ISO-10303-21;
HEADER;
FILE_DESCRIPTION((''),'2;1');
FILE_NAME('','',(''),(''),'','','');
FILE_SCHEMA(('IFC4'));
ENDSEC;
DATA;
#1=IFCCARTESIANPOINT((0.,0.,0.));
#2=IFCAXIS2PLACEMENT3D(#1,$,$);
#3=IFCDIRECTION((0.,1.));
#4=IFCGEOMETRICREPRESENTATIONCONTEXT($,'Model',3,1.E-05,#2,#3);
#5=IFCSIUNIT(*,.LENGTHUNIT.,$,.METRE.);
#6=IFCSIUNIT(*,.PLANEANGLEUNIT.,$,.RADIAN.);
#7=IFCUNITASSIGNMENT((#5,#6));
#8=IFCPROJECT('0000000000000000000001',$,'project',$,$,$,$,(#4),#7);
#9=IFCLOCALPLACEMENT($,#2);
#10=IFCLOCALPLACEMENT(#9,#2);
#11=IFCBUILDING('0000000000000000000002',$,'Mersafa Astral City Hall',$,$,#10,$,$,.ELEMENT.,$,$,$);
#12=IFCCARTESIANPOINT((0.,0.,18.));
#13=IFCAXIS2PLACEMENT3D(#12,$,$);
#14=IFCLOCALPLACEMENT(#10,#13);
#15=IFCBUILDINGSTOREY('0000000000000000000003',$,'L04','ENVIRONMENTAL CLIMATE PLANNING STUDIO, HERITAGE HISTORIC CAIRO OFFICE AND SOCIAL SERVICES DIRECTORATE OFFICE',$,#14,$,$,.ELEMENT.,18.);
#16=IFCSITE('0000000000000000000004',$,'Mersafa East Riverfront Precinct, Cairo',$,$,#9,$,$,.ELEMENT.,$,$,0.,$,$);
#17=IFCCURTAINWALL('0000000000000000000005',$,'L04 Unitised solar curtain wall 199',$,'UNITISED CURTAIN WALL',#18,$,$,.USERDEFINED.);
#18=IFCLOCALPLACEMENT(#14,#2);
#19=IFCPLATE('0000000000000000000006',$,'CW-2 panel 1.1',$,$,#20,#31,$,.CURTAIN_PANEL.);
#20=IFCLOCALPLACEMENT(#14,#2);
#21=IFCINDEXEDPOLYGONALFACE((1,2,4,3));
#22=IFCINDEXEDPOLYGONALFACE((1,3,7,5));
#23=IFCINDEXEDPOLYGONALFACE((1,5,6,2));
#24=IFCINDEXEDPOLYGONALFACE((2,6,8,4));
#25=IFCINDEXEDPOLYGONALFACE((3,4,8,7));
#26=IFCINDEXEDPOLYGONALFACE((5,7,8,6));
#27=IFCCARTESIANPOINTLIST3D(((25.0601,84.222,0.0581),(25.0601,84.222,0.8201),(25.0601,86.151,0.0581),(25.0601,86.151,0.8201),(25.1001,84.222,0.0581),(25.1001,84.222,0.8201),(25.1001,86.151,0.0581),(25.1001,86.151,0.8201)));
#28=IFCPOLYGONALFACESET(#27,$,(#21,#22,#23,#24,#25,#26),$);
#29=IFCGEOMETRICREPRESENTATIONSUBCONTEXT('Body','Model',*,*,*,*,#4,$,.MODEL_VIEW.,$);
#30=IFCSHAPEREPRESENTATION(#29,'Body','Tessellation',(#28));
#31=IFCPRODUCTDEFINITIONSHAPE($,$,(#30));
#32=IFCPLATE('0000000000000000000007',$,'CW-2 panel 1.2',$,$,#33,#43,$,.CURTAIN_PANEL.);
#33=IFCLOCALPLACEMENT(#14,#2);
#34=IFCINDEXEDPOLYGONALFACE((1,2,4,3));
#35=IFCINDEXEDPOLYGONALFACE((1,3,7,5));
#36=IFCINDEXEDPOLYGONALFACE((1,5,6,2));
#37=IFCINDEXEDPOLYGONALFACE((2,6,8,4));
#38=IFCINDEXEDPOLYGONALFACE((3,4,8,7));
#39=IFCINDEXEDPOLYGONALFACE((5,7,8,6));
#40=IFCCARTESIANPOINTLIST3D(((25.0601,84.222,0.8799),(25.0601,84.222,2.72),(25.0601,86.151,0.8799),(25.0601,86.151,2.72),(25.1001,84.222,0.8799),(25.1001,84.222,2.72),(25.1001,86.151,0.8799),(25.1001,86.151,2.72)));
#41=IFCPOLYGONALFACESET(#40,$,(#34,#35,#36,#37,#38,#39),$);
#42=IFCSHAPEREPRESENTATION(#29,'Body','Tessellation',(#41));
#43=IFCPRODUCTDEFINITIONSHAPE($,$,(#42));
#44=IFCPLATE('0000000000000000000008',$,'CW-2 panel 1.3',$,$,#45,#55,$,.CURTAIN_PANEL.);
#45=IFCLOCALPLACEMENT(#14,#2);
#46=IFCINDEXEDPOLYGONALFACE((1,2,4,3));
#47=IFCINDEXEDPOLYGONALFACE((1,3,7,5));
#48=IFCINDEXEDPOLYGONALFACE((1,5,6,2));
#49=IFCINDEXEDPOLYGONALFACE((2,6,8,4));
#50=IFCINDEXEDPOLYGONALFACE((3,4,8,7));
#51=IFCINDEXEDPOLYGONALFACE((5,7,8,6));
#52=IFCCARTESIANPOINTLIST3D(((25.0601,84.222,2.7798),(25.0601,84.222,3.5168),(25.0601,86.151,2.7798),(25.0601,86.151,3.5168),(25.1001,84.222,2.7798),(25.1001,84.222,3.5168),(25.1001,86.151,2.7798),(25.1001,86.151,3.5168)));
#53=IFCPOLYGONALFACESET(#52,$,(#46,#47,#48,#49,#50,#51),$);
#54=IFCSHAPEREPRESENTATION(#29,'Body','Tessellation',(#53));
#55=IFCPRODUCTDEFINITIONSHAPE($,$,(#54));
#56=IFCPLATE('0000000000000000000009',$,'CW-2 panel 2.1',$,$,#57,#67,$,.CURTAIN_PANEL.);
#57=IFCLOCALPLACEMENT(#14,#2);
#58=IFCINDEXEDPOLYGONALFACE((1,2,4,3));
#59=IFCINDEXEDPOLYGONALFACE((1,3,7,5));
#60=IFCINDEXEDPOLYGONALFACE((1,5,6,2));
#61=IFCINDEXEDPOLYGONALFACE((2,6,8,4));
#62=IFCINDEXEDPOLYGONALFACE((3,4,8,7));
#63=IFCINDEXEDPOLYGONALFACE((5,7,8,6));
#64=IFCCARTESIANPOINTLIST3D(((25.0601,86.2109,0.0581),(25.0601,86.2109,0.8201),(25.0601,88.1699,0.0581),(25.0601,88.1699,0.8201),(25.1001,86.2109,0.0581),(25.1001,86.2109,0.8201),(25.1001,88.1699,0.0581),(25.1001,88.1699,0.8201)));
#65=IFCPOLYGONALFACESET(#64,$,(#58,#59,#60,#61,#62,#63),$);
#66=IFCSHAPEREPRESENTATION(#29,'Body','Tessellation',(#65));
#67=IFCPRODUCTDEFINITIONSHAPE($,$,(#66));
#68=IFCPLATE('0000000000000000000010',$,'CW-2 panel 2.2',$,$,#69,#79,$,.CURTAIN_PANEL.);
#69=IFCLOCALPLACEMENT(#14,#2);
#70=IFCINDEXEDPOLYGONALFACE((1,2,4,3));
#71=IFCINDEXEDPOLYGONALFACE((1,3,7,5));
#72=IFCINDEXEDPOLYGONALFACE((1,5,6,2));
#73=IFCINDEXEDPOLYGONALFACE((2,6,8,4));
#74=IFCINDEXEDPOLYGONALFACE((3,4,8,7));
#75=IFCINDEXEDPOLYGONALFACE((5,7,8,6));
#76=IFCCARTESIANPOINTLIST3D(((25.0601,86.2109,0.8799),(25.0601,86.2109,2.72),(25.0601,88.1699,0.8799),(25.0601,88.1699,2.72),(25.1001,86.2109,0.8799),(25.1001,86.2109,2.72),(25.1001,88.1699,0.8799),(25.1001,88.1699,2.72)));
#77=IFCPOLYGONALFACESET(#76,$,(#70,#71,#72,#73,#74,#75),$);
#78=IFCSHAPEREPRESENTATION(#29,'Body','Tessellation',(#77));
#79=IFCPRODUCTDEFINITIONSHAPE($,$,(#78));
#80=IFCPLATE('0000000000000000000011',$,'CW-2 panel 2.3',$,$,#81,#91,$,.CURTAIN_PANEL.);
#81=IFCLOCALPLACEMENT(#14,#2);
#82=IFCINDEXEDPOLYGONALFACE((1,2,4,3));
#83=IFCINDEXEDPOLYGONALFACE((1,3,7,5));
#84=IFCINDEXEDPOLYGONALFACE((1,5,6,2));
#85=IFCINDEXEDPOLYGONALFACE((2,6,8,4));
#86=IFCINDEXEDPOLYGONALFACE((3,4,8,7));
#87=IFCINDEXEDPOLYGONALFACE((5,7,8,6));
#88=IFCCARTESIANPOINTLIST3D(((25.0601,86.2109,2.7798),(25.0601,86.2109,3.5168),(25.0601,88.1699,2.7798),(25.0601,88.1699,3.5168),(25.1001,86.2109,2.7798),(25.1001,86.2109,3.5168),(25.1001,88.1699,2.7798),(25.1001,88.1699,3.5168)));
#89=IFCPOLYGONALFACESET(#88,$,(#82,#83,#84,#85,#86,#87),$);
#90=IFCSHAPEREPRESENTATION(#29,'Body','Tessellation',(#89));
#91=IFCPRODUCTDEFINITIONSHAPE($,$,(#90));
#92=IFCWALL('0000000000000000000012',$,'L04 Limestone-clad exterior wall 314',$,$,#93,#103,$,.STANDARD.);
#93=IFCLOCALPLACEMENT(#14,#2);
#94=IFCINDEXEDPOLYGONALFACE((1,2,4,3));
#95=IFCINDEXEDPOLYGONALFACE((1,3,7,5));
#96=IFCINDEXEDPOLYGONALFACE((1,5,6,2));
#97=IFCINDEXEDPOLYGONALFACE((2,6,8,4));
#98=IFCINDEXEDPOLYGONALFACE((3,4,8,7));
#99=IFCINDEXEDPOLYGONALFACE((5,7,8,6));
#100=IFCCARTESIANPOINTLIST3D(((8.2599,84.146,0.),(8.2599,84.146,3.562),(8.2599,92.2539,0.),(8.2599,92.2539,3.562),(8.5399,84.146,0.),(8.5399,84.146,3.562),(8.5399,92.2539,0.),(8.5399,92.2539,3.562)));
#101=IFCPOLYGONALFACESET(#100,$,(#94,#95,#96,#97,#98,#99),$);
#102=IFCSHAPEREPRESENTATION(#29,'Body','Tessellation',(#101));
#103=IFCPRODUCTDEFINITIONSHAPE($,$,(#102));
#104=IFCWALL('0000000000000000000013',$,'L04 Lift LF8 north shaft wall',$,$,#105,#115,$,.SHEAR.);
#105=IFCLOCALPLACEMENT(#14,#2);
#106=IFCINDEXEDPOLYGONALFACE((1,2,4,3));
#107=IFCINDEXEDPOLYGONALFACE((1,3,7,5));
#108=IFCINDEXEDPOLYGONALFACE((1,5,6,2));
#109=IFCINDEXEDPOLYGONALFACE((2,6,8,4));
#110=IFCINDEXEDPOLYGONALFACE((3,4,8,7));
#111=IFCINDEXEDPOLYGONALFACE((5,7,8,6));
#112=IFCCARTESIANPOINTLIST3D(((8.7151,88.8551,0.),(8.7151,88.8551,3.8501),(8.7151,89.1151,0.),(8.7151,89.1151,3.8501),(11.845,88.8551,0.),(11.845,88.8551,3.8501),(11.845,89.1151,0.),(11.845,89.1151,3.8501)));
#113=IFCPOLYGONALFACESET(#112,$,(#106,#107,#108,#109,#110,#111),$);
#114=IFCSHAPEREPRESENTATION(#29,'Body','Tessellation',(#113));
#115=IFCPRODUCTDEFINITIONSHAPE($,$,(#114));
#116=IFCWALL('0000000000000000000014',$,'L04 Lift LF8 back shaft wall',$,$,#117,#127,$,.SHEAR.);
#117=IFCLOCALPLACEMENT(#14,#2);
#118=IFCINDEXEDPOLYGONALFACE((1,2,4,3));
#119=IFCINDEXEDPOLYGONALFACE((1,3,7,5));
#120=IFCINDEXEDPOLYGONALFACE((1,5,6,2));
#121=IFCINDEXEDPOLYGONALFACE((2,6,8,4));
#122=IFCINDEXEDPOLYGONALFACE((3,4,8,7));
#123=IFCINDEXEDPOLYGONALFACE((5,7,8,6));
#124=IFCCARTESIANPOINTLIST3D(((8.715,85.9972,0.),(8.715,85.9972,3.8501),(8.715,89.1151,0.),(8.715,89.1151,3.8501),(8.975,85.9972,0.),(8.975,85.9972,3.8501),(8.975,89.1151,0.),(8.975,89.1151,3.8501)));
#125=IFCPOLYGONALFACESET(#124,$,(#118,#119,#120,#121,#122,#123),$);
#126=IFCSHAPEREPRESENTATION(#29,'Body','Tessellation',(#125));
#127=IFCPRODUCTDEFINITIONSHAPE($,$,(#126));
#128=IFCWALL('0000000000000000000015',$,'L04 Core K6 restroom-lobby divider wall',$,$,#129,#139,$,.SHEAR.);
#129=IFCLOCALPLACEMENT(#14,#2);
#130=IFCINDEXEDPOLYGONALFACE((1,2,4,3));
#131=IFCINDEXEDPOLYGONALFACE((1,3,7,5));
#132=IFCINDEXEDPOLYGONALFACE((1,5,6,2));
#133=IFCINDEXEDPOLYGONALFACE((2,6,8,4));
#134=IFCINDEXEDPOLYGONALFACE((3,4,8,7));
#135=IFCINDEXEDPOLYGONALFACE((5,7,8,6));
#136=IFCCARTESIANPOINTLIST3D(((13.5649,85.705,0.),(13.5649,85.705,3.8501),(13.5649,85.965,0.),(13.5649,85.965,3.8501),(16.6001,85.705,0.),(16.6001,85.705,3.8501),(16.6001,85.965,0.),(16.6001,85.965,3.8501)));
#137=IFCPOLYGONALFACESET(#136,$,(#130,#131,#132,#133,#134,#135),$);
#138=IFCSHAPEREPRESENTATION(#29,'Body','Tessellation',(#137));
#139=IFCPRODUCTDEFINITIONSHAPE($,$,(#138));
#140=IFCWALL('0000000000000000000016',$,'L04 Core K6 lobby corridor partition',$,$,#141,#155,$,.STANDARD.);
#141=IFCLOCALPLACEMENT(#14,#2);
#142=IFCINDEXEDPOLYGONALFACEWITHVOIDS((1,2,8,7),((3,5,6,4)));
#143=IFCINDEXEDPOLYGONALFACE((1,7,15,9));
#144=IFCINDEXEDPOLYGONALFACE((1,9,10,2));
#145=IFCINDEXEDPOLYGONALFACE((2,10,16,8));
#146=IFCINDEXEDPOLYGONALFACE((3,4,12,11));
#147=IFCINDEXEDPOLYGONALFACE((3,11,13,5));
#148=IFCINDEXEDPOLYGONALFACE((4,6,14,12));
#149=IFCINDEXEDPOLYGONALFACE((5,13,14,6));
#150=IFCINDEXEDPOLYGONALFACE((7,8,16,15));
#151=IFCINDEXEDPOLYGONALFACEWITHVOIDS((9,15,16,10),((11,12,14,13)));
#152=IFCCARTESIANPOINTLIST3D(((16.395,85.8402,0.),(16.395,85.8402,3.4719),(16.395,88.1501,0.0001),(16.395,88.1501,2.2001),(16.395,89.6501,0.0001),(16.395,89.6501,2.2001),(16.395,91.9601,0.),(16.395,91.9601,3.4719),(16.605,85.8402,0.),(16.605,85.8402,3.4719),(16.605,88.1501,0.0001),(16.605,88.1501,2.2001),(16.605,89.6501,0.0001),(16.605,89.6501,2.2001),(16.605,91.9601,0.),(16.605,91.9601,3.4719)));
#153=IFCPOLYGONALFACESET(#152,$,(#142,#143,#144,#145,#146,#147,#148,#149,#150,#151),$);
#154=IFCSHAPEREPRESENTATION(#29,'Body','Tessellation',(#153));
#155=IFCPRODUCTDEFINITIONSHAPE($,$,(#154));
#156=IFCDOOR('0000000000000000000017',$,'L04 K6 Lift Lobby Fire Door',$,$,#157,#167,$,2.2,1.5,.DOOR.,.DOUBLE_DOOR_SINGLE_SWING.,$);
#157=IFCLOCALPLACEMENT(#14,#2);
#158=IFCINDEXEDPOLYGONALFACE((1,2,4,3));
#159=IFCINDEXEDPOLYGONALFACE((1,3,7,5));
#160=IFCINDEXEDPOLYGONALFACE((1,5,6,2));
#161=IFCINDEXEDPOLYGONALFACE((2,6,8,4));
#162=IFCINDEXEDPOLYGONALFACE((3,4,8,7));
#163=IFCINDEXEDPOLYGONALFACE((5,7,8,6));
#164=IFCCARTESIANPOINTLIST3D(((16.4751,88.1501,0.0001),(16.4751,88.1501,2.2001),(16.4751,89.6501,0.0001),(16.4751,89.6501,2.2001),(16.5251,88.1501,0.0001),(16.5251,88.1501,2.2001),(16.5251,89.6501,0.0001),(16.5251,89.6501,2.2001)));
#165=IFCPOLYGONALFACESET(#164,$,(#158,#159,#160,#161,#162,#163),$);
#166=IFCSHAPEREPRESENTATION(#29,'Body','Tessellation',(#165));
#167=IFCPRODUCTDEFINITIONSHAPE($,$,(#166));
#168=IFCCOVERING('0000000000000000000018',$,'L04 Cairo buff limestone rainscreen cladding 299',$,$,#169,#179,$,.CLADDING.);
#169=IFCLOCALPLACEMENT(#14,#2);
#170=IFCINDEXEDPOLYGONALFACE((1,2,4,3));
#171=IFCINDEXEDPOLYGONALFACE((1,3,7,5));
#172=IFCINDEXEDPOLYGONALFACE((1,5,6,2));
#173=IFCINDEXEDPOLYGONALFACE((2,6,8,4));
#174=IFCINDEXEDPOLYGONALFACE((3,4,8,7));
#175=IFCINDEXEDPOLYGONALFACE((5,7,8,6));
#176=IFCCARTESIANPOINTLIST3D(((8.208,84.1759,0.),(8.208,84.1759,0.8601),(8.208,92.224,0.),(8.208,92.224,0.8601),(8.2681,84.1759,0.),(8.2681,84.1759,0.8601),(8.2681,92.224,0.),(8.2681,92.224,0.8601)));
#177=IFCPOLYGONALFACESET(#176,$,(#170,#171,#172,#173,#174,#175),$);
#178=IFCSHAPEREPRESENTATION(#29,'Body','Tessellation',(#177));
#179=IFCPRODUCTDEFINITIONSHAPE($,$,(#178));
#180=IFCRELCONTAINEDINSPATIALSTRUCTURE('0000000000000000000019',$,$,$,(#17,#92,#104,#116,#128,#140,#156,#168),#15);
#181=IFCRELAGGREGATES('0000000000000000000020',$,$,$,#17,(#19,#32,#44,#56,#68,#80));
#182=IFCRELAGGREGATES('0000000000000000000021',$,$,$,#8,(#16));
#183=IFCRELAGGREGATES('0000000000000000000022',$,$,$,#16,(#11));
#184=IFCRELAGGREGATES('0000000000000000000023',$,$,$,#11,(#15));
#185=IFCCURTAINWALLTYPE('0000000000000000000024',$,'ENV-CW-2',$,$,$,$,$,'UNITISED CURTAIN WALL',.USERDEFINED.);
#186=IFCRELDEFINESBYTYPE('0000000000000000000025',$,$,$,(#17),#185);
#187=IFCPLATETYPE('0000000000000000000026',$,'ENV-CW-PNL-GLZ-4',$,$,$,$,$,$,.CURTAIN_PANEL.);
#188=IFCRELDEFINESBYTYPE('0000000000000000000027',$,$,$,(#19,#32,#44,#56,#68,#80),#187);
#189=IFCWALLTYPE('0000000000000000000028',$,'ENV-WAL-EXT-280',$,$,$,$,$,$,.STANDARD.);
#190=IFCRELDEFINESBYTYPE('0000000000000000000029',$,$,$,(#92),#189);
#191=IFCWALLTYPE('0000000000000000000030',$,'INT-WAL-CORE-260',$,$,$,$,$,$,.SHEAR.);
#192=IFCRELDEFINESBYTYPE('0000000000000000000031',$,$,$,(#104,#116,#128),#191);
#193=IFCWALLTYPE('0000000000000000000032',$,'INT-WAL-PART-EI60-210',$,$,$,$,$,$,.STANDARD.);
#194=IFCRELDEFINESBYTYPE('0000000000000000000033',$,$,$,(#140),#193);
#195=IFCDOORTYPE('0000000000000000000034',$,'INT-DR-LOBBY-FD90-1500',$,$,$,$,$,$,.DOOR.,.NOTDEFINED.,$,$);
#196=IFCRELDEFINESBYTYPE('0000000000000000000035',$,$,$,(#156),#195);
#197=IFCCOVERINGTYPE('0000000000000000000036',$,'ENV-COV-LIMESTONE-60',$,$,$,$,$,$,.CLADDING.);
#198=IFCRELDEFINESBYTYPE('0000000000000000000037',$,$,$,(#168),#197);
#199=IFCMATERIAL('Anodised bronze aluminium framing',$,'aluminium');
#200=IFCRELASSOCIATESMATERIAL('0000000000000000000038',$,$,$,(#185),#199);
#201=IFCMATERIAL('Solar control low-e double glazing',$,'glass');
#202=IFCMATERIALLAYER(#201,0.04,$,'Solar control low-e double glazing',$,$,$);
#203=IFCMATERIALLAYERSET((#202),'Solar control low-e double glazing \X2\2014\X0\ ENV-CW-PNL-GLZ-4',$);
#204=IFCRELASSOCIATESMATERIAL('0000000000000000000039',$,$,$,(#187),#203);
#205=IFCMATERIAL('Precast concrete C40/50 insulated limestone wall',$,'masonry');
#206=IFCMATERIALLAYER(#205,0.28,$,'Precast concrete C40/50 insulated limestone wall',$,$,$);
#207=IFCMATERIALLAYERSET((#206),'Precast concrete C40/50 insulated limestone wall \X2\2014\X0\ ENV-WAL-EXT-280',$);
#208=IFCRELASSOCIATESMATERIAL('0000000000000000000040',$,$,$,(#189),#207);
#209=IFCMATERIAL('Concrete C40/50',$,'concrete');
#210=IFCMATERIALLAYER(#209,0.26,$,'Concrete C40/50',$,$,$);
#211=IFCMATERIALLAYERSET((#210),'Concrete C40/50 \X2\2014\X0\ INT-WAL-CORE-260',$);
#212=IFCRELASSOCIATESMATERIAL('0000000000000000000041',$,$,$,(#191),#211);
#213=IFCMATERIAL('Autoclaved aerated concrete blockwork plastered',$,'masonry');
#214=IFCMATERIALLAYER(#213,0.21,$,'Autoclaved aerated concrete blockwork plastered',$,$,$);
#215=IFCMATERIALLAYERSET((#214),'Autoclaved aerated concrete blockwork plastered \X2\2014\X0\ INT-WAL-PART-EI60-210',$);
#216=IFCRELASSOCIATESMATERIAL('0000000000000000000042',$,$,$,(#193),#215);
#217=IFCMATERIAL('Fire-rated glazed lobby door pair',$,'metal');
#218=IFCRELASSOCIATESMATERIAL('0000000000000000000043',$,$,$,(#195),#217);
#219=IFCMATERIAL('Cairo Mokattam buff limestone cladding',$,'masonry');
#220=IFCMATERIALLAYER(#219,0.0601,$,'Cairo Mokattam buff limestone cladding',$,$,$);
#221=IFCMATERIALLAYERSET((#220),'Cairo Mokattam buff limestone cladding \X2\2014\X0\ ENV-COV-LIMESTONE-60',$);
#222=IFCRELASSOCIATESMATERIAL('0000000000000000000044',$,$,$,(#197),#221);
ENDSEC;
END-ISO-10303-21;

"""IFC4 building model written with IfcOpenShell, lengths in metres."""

from ifc_helpers import new_model, si_unit, direction, frame, frame_2d, origin, origin_2d, place, context, subcontext, project, spatial, rectangle, extrude, material, layer, layer_set, type_object, element, fill, aggregate, save


model = new_model("IFC4")

# Units and contexts
model_context = context("Model", 3, precision=1e-05, world=origin(), true_north=direction((0.0, 1.0)))
body_context = subcontext(model_context, "Body", "Model", "MODEL_VIEW")
ifc_project = project(units=[si_unit("LENGTHUNIT", "METRE"), si_unit("PLANEANGLEUNIT", "RADIAN")], contexts=[model_context])

# Site, building, storey
site_placement = place(None, origin())
site = spatial("IfcSite", under=ifc_project, at=site_placement, Name="Mersafa East Riverfront Precinct, Cairo", CompositionType="ELEMENT", RefElevation=0.0)
building_placement = place(site_placement, origin())
building = spatial("IfcBuilding", under=site, at=building_placement, Name="Mersafa Astral City Hall", CompositionType="ELEMENT")
storey_placement = place(building_placement, frame((0.0, 0.0, 18.0)))
storey = spatial("IfcBuildingStorey", under=building, at=storey_placement, Name="L04", Description="ENVIRONMENTAL CLIMATE PLANNING STUDIO, HERITAGE HISTORIC CAIRO OFFICE AND SOCIAL SERVICES DIRECTORATE OFFICE", CompositionType="ELEMENT", Elevation=18.0)

# Curtain wall
ifc_material_1 = material(Name="Anodised bronze aluminium framing", Category="aluminium")
curtain_wall_type = type_object("IfcCurtainWallType", Name="ENV-CW-2", ElementType="UNITISED CURTAIN WALL", PredefinedType="USERDEFINED", material=ifc_material_1)
curtain_wall_placement = place(storey_placement, origin())
curtain_wall = element("IfcCurtainWall", 1, at=curtain_wall_placement, inside=storey, type_object=curtain_wall_type, Name="L04 Unitised solar curtain wall 199", ObjectType="UNITISED CURTAIN WALL", PredefinedType="USERDEFINED")

# Plates
ifc_material_2 = material(Name="Solar control low-e double glazing", Category="glass")
ifc_layer_1 = layer(ifc_material_2, 0.04, Name="Solar control low-e double glazing")
ifc_layer_set_1 = layer_set([ifc_layer_1], Name="Solar control low-e double glazing — ENV-CW-PNL-GLZ-4")
plate_type = type_object("IfcPlateType", Name="ENV-CW-PNL-GLZ-4", PredefinedType="CURTAIN_PANEL", material=ifc_layer_set_1)
plate_1_placement = place(storey_placement, frame((25.0801, 85.1865, 0.0581), z_axis=(0.0, 0.0, 1.0), x_axis=(0.0, 1.0, 0.0)))
plate_1 = element("IfcPlate", 2, at=plate_1_placement, type_object=plate_type, Name="CW-2 panel 1.1", PredefinedType="CURTAIN_PANEL", context=body_context, shape_type="SweptSolid", body=[
    extrude(rectangle(XDim=1.929, YDim=0.04, at=origin_2d()), origin(), (0.0, 0.0, 1.0), 0.762),
])
plate_2_placement = place(storey_placement, frame((25.0801, 85.1865, 0.8799), z_axis=(0.0, 0.0, 1.0), x_axis=(0.0, 1.0, 0.0)))
plate_2 = element("IfcPlate", 3, at=plate_2_placement, type_object=plate_type, Name="CW-2 panel 1.2", PredefinedType="CURTAIN_PANEL", context=body_context, shape_type="SweptSolid", body=[
    extrude(rectangle(XDim=1.929, YDim=0.04, at=origin_2d()), origin(), (0.0, 0.0, 1.0), 1.8401),
])
plate_3_placement = place(storey_placement, frame((25.0801, 85.1865, 2.7798), z_axis=(0.0, 0.0, 1.0), x_axis=(0.0, 1.0, 0.0)))
plate_3 = element("IfcPlate", 4, at=plate_3_placement, type_object=plate_type, Name="CW-2 panel 1.3", PredefinedType="CURTAIN_PANEL", context=body_context, shape_type="SweptSolid", body=[
    extrude(rectangle(XDim=1.929, YDim=0.04, at=origin_2d()), origin(), (0.0, 0.0, 1.0), 0.7371),
])
plate_4_placement = place(storey_placement, frame((25.0801, 87.1904, 0.0581), z_axis=(0.0, 0.0, 1.0), x_axis=(0.0, 1.0, 0.0)))
plate_4 = element("IfcPlate", 5, at=plate_4_placement, type_object=plate_type, Name="CW-2 panel 2.1", PredefinedType="CURTAIN_PANEL", context=body_context, shape_type="SweptSolid", body=[
    extrude(rectangle(XDim=1.959, YDim=0.04, at=origin_2d()), origin(), (0.0, 0.0, 1.0), 0.762),
])
plate_5_placement = place(storey_placement, frame((25.0801, 87.1904, 0.8799), z_axis=(0.0, 0.0, 1.0), x_axis=(0.0, 1.0, 0.0)))
plate_5 = element("IfcPlate", 6, at=plate_5_placement, type_object=plate_type, Name="CW-2 panel 2.2", PredefinedType="CURTAIN_PANEL", context=body_context, shape_type="SweptSolid", body=[
    extrude(rectangle(XDim=1.959, YDim=0.04, at=origin_2d()), origin(), (0.0, 0.0, 1.0), 1.8401),
])
plate_6_placement = place(storey_placement, frame((25.0801, 87.1904, 2.7798), z_axis=(0.0, 0.0, 1.0), x_axis=(0.0, 1.0, 0.0)))
plate_6 = element("IfcPlate", 7, at=plate_6_placement, type_object=plate_type, Name="CW-2 panel 2.3", PredefinedType="CURTAIN_PANEL", context=body_context, shape_type="SweptSolid", body=[
    extrude(rectangle(XDim=1.959, YDim=0.04, at=origin_2d()), origin(), (0.0, 0.0, 1.0), 0.7371),
])
aggregate(curtain_wall, [plate_1, plate_2, plate_3, plate_4, plate_5, plate_6])

# Walls
ifc_material_3 = material(Name="Precast concrete C40/50 insulated limestone wall", Category="masonry")
ifc_layer_2 = layer(ifc_material_3, 0.28, Name="Precast concrete C40/50 insulated limestone wall")
ifc_layer_set_2 = layer_set([ifc_layer_2], Name="Precast concrete C40/50 insulated limestone wall — ENV-WAL-EXT-280")
wall_type_1 = type_object("IfcWallType", Name="ENV-WAL-EXT-280", PredefinedType="STANDARD", material=ifc_layer_set_2)
wall_1_placement = place(storey_placement, frame((8.3999, 92.2539, 0.0), z_axis=(0.0, 0.0, 1.0), x_axis=(0.0, -1.0, 0.0)))
element("IfcWall", 8, at=wall_1_placement, inside=storey, type_object=wall_type_1, Name="L04 Limestone-clad exterior wall 314", PredefinedType="STANDARD", context=body_context, shape_type="SweptSolid", body=[
    extrude(rectangle(XDim=8.1079, YDim=0.28, at=frame_2d((4.054, 0.0))), origin(), (0.0, 0.0, 1.0), 3.562),
])
ifc_material_4 = material(Name="Concrete C40/50", Category="concrete")
ifc_layer_3 = layer(ifc_material_4, 0.26, Name="Concrete C40/50")
ifc_layer_set_3 = layer_set([ifc_layer_3], Name="Concrete C40/50 — INT-WAL-CORE-260")
wall_type_2 = type_object("IfcWallType", Name="INT-WAL-CORE-260", PredefinedType="SHEAR", material=ifc_layer_set_3)
wall_2_placement = place(storey_placement, frame((8.7151, 88.9851, 0.0), z_axis=(0.0, 0.0, 1.0), x_axis=(1.0, 0.0, 0.0)))
element("IfcWall", 9, at=wall_2_placement, inside=storey, type_object=wall_type_2, Name="L04 Lift LF8 north shaft wall", PredefinedType="SHEAR", context=body_context, shape_type="SweptSolid", body=[
    extrude(rectangle(XDim=3.1299, YDim=0.26, at=frame_2d((1.5649, 0.0))), origin(), (0.0, 0.0, 1.0), 3.8501),
])
wall_3_placement = place(storey_placement, frame((8.845, 85.9971, 0.0), z_axis=(0.0, 0.0, 1.0), x_axis=(0.0, 1.0, 0.0)))
element("IfcWall", 10, at=wall_3_placement, inside=storey, type_object=wall_type_2, Name="L04 Lift LF8 back shaft wall", PredefinedType="SHEAR", context=body_context, shape_type="SweptSolid", body=[
    extrude(rectangle(XDim=3.1179, YDim=0.26, at=frame_2d((1.5591, 0.0))), origin(), (0.0, 0.0, 1.0), 3.8501),
])

# Wall
wall_4_placement = place(storey_placement, frame((13.5649, 85.835, 0.0), z_axis=(0.0, 0.0, 1.0), x_axis=(1.0, 0.0, 0.0)))
element("IfcWall", 11, at=wall_4_placement, inside=storey, type_object=wall_type_2, Name="L04 Core K6 restroom-lobby divider wall", PredefinedType="SHEAR", context=body_context, shape_type="SweptSolid", body=[
    extrude(rectangle(XDim=3.0352, YDim=0.26, at=frame_2d((1.5176, 0.0))), origin(), (0.0, 0.0, 1.0), 3.8501),
])

# Wall, opening, door
ifc_material_5 = material(Name="Autoclaved aerated concrete blockwork plastered", Category="masonry")
ifc_layer_4 = layer(ifc_material_5, 0.21, Name="Autoclaved aerated concrete blockwork plastered")
ifc_layer_set_4 = layer_set([ifc_layer_4], Name="Autoclaved aerated concrete blockwork plastered — INT-WAL-PART-EI60-210")
wall_type_3 = type_object("IfcWallType", Name="INT-WAL-PART-EI60-210", PredefinedType="STANDARD", material=ifc_layer_set_4)
wall_5_placement = place(storey_placement, frame((16.5, 85.8401, 0.0), z_axis=(0.0, 0.0, 1.0), x_axis=(0.0, 1.0, 0.0)))
wall_5 = element("IfcWall", 12, at=wall_5_placement, inside=storey, type_object=wall_type_3, Name="L04 Core K6 lobby corridor partition", PredefinedType="STANDARD", context=body_context, shape_type="SweptSolid", body=[
    extrude(rectangle(XDim=6.1199, YDim=0.21, at=frame_2d((3.0601, 0.0))), origin(), (0.0, 0.0, 1.0), 3.4719),
])
opening_1_placement = place(wall_5_placement, frame((2.3101, 0.0, 0.0)))
opening_1 = element("IfcOpeningElement", 13, at=opening_1_placement, cuts=wall_5, PredefinedType="OPENING", context=body_context, shape_type="SweptSolid", body=[
    extrude(rectangle(XDim=1.5, YDim=2.2, at=frame_2d((0.75, 1.1001))), frame((0.0, 0.115, 0.0), z_axis=(0.0, -1.0, 0.0), x_axis=(1.0, 0.0, 0.0)), (0.0, 0.0, 1.0), 0.23),
])
ifc_material_6 = material(Name="Fire-rated glazed lobby door pair", Category="metal")
door_type_1 = type_object("IfcDoorType", Name="INT-DR-LOBBY-FD90-1500", OperationType="NOTDEFINED", PredefinedType="DOOR", material=ifc_material_6)
door_1_placement = place(opening_1_placement, origin())
door_1 = element("IfcDoor", 14, at=door_1_placement, inside=storey, type_object=door_type_1, Name="L04 K6 Lift Lobby Fire Door", OperationType="DOUBLE_DOOR_SINGLE_SWING", OverallHeight=2.2, OverallWidth=1.5, PredefinedType="DOOR", context=body_context, shape_type="SweptSolid", body=[
    extrude(rectangle(XDim=1.5, YDim=2.2, at=frame_2d((0.75, 1.1001))), frame((0.0, 0.0249, 0.0), z_axis=(0.0, -1.0, 0.0), x_axis=(1.0, 0.0, 0.0)), (0.0, 0.0, 1.0), 0.05),
])
fill(opening_1, door_1)

# Covering
ifc_material_7 = material(Name="Cairo Mokattam buff limestone cladding", Category="masonry")
ifc_layer_5 = layer(ifc_material_7, 0.0601, Name="Cairo Mokattam buff limestone cladding")
ifc_layer_set_5 = layer_set([ifc_layer_5], Name="Cairo Mokattam buff limestone cladding — ENV-COV-LIMESTONE-60")
covering_type = type_object("IfcCoveringType", Name="ENV-COV-LIMESTONE-60", PredefinedType="CLADDING", material=ifc_layer_set_5)
covering_placement = place(storey_placement, frame((8.238, 88.2, 0.0), z_axis=(0.0, 0.0, 1.0), x_axis=(0.0, -1.0, 0.0)))
element("IfcCovering", 15, at=covering_placement, inside=storey, type_object=covering_type, Name="L04 Cairo buff limestone rainscreen cladding 299", PredefinedType="CLADDING", context=body_context, shape_type="SweptSolid", body=[
    extrude(rectangle(XDim=8.0481, YDim=0.0601, at=origin_2d()), origin(), (0.0, 0.0, 1.0), 0.8601),
])

save(model, "model.ifc")
